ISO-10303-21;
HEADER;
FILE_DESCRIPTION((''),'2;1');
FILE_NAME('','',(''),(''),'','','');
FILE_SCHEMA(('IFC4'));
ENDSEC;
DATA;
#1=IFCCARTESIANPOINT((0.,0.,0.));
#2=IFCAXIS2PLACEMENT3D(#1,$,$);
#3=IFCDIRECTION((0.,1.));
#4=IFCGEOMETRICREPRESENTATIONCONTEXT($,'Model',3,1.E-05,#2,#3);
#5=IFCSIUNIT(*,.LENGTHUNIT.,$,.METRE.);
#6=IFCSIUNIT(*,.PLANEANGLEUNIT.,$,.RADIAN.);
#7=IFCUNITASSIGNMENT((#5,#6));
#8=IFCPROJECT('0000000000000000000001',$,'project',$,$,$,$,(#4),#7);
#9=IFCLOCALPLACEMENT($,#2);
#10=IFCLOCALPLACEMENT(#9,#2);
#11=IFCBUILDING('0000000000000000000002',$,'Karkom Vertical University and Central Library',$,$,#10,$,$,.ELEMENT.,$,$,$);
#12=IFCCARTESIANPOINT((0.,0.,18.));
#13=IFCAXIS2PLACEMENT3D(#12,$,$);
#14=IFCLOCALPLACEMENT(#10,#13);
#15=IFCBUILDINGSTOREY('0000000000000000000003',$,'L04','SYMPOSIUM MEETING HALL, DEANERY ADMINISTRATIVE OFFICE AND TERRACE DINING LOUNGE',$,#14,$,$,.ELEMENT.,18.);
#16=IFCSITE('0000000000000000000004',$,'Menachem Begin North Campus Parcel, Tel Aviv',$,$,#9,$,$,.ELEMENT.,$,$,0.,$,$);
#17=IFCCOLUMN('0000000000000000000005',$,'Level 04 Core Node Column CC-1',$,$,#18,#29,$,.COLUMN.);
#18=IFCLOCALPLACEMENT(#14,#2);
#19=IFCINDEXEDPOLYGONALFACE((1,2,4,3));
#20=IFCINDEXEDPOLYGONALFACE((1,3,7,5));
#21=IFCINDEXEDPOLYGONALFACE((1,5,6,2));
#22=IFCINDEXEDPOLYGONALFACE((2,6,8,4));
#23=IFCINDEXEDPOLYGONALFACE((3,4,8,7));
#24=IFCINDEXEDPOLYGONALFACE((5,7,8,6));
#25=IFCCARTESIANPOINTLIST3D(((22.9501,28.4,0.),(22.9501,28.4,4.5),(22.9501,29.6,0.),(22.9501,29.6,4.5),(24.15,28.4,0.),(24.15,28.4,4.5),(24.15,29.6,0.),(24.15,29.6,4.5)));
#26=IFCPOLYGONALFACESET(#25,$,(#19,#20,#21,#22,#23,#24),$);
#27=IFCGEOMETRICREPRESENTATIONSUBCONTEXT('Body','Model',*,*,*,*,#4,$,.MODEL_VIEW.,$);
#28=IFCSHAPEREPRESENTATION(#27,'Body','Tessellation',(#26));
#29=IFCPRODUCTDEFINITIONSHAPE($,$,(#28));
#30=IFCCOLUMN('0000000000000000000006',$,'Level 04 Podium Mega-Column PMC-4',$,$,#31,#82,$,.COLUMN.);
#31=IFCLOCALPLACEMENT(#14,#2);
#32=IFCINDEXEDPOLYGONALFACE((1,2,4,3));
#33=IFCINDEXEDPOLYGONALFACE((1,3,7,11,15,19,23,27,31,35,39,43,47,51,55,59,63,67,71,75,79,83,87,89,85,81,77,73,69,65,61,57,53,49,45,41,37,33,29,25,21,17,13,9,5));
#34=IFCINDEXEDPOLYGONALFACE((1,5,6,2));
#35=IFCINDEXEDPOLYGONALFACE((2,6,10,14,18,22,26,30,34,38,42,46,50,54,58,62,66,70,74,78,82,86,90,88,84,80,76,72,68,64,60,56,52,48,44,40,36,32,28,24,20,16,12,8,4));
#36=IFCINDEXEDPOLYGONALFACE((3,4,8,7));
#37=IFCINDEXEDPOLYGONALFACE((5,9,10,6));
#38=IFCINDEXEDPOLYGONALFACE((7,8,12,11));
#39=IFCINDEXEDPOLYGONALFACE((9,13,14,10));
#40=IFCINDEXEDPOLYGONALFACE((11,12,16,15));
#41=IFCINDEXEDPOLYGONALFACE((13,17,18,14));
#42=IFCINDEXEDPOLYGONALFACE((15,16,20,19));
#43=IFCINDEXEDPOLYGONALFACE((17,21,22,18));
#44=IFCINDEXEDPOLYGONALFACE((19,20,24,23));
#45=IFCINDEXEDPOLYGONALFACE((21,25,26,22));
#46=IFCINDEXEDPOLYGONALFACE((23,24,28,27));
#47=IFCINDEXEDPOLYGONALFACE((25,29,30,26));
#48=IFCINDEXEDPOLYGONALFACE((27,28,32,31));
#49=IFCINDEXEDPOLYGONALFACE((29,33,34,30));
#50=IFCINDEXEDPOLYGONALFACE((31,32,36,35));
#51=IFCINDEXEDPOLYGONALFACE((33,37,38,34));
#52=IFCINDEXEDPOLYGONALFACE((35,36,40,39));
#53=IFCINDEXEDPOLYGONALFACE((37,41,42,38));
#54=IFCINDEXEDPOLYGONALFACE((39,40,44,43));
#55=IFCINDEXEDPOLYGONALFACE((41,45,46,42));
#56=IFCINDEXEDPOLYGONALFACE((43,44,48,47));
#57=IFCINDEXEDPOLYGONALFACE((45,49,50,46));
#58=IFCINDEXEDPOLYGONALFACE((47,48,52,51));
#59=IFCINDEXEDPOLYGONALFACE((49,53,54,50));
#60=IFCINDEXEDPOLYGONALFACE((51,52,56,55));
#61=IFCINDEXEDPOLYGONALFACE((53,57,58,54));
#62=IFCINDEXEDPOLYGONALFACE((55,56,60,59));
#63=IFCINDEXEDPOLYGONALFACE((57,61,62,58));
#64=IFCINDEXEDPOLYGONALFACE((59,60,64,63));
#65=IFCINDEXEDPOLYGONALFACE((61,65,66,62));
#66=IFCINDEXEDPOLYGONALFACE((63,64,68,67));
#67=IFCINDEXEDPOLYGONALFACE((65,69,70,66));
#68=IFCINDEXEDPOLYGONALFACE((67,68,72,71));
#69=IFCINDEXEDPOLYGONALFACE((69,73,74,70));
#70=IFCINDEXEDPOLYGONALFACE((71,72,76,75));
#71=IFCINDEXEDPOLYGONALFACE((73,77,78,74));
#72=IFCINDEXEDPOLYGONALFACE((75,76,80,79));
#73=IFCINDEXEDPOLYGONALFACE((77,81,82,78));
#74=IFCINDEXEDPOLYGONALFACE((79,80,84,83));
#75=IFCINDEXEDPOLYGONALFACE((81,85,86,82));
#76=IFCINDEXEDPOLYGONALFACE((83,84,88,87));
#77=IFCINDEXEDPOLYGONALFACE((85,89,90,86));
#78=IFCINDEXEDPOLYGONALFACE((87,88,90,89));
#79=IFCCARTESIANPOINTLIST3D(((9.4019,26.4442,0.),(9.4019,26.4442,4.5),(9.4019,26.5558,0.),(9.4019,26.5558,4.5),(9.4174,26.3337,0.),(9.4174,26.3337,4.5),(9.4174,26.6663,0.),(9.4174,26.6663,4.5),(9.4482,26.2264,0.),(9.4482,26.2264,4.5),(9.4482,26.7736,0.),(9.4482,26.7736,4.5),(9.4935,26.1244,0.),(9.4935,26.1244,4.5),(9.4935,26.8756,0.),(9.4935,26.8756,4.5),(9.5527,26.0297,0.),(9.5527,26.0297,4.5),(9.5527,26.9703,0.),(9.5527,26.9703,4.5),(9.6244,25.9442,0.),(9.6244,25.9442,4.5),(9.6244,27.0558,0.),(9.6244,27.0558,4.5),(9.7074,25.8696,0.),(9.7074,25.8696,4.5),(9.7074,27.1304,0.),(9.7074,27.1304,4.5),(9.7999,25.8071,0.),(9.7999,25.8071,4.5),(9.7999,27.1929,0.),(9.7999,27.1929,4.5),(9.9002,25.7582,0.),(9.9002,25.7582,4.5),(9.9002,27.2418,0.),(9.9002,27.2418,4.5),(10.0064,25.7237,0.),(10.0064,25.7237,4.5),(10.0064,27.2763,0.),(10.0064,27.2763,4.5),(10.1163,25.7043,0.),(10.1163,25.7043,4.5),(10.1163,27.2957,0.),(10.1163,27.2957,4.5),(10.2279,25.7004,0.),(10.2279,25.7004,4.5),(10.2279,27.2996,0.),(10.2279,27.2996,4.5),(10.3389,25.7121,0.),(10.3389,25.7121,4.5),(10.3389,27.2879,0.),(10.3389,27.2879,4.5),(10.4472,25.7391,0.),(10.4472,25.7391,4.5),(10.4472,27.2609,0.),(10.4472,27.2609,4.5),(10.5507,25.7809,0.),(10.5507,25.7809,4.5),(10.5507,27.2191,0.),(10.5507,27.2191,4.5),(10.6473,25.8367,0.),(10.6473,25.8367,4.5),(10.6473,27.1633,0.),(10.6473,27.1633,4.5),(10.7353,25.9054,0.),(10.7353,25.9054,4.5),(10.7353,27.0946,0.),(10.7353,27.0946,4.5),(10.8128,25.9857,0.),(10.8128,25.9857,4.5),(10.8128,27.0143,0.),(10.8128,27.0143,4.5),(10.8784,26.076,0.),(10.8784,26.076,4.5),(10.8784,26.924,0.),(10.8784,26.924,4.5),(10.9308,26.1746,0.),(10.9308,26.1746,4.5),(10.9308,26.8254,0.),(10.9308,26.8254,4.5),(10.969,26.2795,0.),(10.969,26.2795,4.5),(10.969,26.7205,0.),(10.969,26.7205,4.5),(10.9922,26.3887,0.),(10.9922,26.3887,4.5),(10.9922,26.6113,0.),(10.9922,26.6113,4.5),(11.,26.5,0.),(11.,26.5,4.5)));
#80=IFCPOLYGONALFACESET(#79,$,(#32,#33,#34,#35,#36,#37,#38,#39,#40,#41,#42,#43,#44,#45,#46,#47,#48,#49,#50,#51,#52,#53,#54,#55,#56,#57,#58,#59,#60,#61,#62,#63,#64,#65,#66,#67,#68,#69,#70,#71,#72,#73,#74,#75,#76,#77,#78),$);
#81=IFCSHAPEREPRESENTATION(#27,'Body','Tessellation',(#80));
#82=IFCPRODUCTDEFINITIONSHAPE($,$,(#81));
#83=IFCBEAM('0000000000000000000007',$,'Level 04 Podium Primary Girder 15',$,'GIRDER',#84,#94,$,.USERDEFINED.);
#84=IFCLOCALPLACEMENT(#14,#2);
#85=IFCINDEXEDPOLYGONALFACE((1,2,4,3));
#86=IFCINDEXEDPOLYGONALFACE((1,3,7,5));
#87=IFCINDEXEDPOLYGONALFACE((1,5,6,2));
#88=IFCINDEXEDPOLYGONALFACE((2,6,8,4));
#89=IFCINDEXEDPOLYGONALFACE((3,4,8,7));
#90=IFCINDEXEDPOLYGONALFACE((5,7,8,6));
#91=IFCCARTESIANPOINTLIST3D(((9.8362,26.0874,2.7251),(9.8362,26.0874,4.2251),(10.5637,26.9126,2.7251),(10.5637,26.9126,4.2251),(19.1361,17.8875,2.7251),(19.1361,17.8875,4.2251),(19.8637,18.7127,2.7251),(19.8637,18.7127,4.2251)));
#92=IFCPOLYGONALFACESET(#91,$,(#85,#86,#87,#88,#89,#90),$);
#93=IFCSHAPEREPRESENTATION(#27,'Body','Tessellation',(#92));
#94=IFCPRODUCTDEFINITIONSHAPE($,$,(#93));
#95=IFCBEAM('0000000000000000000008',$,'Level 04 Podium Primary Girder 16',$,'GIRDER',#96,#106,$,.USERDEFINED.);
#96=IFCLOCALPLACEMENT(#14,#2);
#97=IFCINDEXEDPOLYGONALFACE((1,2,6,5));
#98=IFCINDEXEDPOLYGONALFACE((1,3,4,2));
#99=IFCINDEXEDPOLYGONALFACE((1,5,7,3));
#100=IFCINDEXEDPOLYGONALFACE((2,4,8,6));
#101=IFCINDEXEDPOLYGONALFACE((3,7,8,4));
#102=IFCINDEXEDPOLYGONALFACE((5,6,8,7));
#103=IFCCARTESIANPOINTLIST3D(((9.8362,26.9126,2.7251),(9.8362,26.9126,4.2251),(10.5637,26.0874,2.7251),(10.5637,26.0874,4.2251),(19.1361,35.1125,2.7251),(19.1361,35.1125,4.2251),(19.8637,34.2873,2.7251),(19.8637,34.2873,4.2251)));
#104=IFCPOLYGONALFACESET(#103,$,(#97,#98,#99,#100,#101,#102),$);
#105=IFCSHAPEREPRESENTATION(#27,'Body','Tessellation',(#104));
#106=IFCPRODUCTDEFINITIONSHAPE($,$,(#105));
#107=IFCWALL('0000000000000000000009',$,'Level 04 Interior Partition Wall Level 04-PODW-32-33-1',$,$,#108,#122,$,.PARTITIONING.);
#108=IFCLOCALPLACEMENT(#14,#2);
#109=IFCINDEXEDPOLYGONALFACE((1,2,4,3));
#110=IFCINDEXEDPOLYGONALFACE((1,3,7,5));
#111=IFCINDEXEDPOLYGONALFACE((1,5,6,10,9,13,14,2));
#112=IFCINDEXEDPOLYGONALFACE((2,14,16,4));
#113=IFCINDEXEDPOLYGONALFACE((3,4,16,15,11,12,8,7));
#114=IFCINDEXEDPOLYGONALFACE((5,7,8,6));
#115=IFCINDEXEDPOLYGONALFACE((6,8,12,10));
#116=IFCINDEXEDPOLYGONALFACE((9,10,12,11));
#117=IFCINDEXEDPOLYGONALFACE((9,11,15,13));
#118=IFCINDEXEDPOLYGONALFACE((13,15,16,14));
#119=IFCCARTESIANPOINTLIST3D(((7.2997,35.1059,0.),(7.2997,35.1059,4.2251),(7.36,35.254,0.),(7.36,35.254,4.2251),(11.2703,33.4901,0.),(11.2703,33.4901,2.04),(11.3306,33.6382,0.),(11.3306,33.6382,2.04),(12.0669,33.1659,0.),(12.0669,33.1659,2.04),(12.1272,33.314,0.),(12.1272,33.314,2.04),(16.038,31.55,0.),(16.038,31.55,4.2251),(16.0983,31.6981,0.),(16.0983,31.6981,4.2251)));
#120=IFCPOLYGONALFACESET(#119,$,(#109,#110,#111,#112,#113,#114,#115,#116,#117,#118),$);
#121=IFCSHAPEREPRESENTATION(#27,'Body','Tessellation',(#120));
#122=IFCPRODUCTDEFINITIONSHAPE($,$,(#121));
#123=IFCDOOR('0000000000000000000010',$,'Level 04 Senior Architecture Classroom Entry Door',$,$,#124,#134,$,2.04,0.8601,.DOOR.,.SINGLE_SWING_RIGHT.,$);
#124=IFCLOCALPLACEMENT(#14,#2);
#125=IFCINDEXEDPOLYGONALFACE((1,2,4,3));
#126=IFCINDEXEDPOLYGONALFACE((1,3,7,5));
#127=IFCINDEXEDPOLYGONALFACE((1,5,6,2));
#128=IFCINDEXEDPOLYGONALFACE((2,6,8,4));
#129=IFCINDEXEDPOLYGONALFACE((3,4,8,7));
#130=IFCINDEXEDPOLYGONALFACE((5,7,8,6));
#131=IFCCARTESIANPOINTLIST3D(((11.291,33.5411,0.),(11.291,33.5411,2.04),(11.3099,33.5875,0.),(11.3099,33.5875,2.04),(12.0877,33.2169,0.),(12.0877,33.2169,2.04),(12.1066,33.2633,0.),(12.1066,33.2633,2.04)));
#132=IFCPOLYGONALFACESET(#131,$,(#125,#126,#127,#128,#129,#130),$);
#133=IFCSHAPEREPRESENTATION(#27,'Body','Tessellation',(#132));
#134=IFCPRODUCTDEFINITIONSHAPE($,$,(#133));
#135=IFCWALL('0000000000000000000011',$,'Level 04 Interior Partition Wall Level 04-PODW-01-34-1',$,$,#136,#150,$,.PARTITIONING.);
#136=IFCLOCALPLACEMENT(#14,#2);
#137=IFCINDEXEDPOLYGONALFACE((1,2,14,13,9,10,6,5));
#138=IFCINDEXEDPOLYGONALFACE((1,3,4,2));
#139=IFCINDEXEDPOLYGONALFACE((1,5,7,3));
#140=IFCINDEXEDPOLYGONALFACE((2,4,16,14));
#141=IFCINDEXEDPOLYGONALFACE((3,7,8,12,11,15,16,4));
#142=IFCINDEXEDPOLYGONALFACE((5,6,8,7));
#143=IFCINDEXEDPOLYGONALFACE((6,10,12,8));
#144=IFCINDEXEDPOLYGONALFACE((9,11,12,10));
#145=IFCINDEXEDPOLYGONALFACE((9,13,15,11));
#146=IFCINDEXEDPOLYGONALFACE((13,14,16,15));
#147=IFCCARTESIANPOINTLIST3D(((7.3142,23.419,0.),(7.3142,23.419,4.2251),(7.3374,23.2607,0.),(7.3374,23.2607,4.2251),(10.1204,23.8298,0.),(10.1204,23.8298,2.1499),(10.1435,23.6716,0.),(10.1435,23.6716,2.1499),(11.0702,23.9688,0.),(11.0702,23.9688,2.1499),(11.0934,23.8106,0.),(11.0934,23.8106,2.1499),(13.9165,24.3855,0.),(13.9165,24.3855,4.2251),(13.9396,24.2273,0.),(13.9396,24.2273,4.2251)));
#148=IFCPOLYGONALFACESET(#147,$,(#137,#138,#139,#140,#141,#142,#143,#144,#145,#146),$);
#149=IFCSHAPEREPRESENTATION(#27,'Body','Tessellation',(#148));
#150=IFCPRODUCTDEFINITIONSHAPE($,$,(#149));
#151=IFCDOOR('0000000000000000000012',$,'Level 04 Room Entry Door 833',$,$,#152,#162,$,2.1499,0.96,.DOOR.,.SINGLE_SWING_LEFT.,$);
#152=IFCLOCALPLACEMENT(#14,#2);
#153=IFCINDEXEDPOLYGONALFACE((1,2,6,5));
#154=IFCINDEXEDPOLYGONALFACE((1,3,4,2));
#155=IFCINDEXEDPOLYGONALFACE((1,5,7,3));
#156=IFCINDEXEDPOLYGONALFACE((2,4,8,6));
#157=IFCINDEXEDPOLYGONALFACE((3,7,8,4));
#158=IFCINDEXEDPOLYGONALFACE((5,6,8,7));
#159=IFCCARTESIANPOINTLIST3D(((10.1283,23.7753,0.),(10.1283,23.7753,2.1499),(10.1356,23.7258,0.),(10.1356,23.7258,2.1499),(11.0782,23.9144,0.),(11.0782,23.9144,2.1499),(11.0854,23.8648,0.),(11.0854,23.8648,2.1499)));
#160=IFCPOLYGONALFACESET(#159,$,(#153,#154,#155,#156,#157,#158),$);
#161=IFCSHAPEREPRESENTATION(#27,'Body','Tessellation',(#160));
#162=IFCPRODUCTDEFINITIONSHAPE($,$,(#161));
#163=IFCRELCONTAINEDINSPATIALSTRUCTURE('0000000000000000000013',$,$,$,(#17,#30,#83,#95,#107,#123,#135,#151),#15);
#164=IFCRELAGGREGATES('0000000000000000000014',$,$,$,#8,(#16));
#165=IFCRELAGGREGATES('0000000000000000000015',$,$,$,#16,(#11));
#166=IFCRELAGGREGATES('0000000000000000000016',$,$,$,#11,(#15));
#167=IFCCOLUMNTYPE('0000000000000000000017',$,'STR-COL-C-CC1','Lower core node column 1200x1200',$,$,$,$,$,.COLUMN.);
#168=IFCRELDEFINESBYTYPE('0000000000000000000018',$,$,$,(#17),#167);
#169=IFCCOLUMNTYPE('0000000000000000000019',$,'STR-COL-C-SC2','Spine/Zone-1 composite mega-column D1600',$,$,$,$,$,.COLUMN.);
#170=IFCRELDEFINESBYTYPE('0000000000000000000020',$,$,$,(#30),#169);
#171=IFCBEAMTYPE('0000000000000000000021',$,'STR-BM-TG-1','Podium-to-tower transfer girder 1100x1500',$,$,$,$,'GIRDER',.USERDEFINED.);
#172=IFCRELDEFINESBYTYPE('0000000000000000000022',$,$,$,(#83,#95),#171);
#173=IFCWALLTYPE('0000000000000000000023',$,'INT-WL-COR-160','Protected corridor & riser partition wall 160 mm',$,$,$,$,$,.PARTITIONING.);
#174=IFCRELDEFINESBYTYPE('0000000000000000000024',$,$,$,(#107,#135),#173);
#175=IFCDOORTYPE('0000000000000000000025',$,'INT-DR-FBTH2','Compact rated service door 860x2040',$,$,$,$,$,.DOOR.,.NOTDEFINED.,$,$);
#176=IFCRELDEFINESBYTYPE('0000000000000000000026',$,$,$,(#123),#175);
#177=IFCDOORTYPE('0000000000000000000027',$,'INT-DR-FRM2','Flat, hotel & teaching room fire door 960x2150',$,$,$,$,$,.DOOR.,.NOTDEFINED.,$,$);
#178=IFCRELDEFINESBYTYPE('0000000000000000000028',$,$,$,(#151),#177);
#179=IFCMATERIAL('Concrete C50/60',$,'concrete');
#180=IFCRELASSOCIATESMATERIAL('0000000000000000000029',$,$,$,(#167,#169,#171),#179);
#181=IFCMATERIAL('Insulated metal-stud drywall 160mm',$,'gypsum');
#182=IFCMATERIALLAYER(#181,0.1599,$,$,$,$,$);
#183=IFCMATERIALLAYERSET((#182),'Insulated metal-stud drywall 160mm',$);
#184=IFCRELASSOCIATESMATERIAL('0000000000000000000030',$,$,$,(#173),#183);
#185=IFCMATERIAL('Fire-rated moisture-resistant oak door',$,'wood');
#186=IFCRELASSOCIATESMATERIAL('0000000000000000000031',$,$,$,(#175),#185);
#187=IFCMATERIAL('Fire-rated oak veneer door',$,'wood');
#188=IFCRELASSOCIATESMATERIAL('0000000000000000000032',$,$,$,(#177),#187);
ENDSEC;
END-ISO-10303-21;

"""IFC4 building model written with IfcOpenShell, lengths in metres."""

from ifc_helpers import new_model, si_unit, direction, frame, frame_2d, origin, origin_with_axes, origin_2d, place, context, subcontext, project, spatial, rectangle, circle, extrude, source, transform, mapped, material, layer, layer_set, material_profile, profile_set, type_object, element, fill, save


model = new_model("IFC4")

# Units and contexts
model_context = context("Model", 3, precision=1e-05, world=origin(), true_north=direction((0.0, 1.0)))
body_context = subcontext(model_context, "Body", "Model", "MODEL_VIEW")
ifc_project = project(units=[si_unit("LENGTHUNIT", "METRE"), si_unit("PLANEANGLEUNIT", "RADIAN")], contexts=[model_context])

# Site, building, storey
site_placement = place(None, origin())
site = spatial("IfcSite", under=ifc_project, at=site_placement, Name="Menachem Begin North Campus Parcel, Tel Aviv", CompositionType="ELEMENT", RefElevation=0.0)
building_placement = place(site_placement, origin())
building = spatial("IfcBuilding", under=site, at=building_placement, Name="Karkom Vertical University and Central Library", CompositionType="ELEMENT")
storey_placement = place(building_placement, frame((0.0, 0.0, 18.0)))
storey = spatial("IfcBuildingStorey", under=building, at=storey_placement, Name="L04", Description="SYMPOSIUM MEETING HALL, DEANERY ADMINISTRATIVE OFFICE AND TERRACE DINING LOUNGE", CompositionType="ELEMENT", Elevation=18.0)

# Columns
ifc_material_1 = material(Name="Concrete C50/60", Category="concrete")
ifc_material_profile_1 = material_profile(ifc_material_1, rectangle(XDim=1.2, YDim=1.2, at=origin_2d()), Name="RC-1200x1200")
ifc_profile_set_1 = profile_set([ifc_material_profile_1], Name="Concrete C50/60")
column_type_1 = type_object("IfcColumnType", Name="STR-COL-C-CC1", Description="Lower core node column 1200x1200", PredefinedType="COLUMN", material=ifc_profile_set_1)
shared_shape_1 = source(origin_with_axes(), body_context, "Body", "SweptSolid", [
    extrude(rectangle(XDim=1.2, YDim=1.2, at=origin_2d()), origin(), (0.0, 0.0, 1.0), 4.5),
])
column_1_placement = place(storey_placement, frame((23.55, 29.0, 0.0), z_axis=(0.0, 0.0, 1.0), x_axis=(1.0, 0.0, 0.0)))
element("IfcColumn", 1, at=column_1_placement, inside=storey, type_object=column_type_1, Name="Level 04 Core Node Column CC-1", PredefinedType="COLUMN", context=body_context, shape_type="MappedRepresentation", body=[
    mapped(shared_shape_1, transform((0.0, 0.0, 0.0), scale=1.0)),
])
ifc_material_profile_2 = material_profile(ifc_material_1, circle(Radius=0.8, at=origin_2d()), Name="CFT-D1600")
ifc_profile_set_2 = profile_set([ifc_material_profile_2], Name="Concrete C50/60")
column_type_2 = type_object("IfcColumnType", Name="STR-COL-C-SC2", Description="Spine/Zone-1 composite mega-column D1600", PredefinedType="COLUMN", material=ifc_profile_set_2)
shared_shape_2 = source(origin_with_axes(), body_context, "Body", "SweptSolid", [
    extrude(circle(Radius=0.8, at=origin_2d()), origin(), (0.0, 0.0, 1.0), 4.5),
])
column_2_placement = place(storey_placement, frame((10.2, 26.5, 0.0), z_axis=(0.0, 0.0, 1.0), x_axis=(1.0, 0.0, 0.0)))
element("IfcColumn", 2, at=column_2_placement, inside=storey, type_object=column_type_2, Name="Level 04 Podium Mega-Column PMC-4", PredefinedType="COLUMN", context=body_context, shape_type="MappedRepresentation", body=[
    mapped(shared_shape_2, transform((0.0, 0.0, 0.0), scale=1.0)),
])

# Beams
ifc_material_profile_3 = material_profile(ifc_material_1, rectangle(XDim=1.1001, YDim=1.5, at=origin_2d()), Name="TG-1100x1500")
ifc_profile_set_3 = profile_set([ifc_material_profile_3], Name="Concrete C50/60")
beam_type = type_object("IfcBeamType", Name="STR-BM-TG-1", Description="Podium-to-tower transfer girder 1100x1500", ElementType="GIRDER", PredefinedType="USERDEFINED", material=ifc_profile_set_3)
shared_shape_3 = source(origin_with_axes(), body_context, "Body", "SweptSolid", [
    extrude(rectangle(XDim=1.1001, YDim=1.5, at=origin_2d()), origin(), (0.0, 0.0, 1.0), 12.3987),
])
for number, where, z_axis, x_axis, name in (
    (3, (10.2, 26.5, 3.4751), (0.750077, -0.661351, 0.0), (0.661351, 0.750077, 0.0), "Level 04 Podium Primary Girder 15"),
    (4, (10.2, 26.5, 3.4751), (0.750077, 0.661351, 0.0), (-0.661351, 0.750077, 0.0), "Level 04 Podium Primary Girder 16"),
):
    element("IfcBeam", number, at=place(storey_placement, frame(where, z_axis=z_axis, x_axis=x_axis)), inside=storey, type_object=beam_type, Name=name, ObjectType="GIRDER", PredefinedType="USERDEFINED", context=body_context, shape_type="MappedRepresentation", body=[
        mapped(shared_shape_3, transform((0.0, 0.0, 0.0), scale=1.0)),
    ])

# Walls, openings, doors
ifc_material_2 = material(Name="Insulated metal-stud drywall 160mm", Category="gypsum")
ifc_layer_1 = layer(ifc_material_2, 0.1599)
ifc_layer_set_1 = layer_set([ifc_layer_1], Name="Insulated metal-stud drywall 160mm")
wall_type_1 = type_object("IfcWallType", Name="INT-WL-COR-160", Description="Protected corridor & riser partition wall 160 mm", PredefinedType="PARTITIONING", material=ifc_layer_set_1)
wall_1_placement = place(storey_placement, frame((16.0681, 31.624, 0.0), z_axis=(0.0, 0.0, 1.0), x_axis=(-0.926245, 0.376921, 0.0)))
wall_1 = element("IfcWall", 5, at=wall_1_placement, inside=storey, type_object=wall_type_1, Name="Level 04 Interior Partition Wall Level 04-PODW-32-33-1", PredefinedType="PARTITIONING", context=body_context, shape_type="SweptSolid", body=[
    extrude(rectangle(XDim=9.4341, YDim=0.1599, at=frame_2d((4.717, 0.0))), origin(), (0.0, 0.0, 1.0), 4.2251),
])
opening_1_placement = place(wall_1_placement, frame((4.2871, 0.0, 0.0)))
opening_1 = element("IfcOpeningElement", 6, at=opening_1_placement, cuts=wall_1, PredefinedType="OPENING", context=body_context, shape_type="SweptSolid", body=[
    extrude(rectangle(XDim=0.8601, YDim=2.04, at=frame_2d((0.4302, 1.02))), frame((0.0, 0.0898, 0.0), z_axis=(0.0, -1.0, 0.0), x_axis=(1.0, 0.0, 0.0)), (0.0, 0.0, 1.0), 0.1799),
])
ifc_material_3 = material(Name="Fire-rated moisture-resistant oak door", Category="wood")
door_type_1 = type_object("IfcDoorType", Name="INT-DR-FBTH2", Description="Compact rated service door 860x2040", OperationType="NOTDEFINED", PredefinedType="DOOR", material=ifc_material_3)
shared_shape_4 = source(origin_with_axes(), body_context, "Body", "SweptSolid", [
    extrude(rectangle(XDim=0.8601, YDim=2.04, at=frame_2d((0.4302, 1.02))), frame((0.0, 0.0249, 0.0), z_axis=(0.0, -1.0, 0.0), x_axis=(1.0, 0.0, 0.0)), (0.0, 0.0, 1.0), 0.05),
])
door_1_placement = place(opening_1_placement, origin())
door_1 = element("IfcDoor", 7, at=door_1_placement, inside=storey, type_object=door_type_1, Name="Level 04 Senior Architecture Classroom Entry Door", OperationType="SINGLE_SWING_RIGHT", OverallHeight=2.04, OverallWidth=0.8601, PredefinedType="DOOR", context=body_context, shape_type="MappedRepresentation", body=[
    mapped(shared_shape_4, transform((0.0, 0.0, 0.0), scale=1.0)),
])
fill(opening_1, door_1)
wall_2_placement = place(storey_placement, frame((7.3257, 23.3398, 0.0), z_axis=(0.0, 0.0, 1.0), x_axis=(0.989453, 0.144852, 0.0)))
wall_2 = element("IfcWall", 8, at=wall_2_placement, inside=storey, type_object=wall_type_1, Name="Level 04 Interior Partition Wall Level 04-PODW-01-34-1", PredefinedType="PARTITIONING", context=body_context, shape_type="SweptSolid", body=[
    extrude(rectangle(XDim=6.6726, YDim=0.1599, at=frame_2d((3.3364, 0.0))), origin(), (0.0, 0.0, 1.0), 4.2251),
])
opening_2_placement = place(wall_2_placement, frame((2.8362, 0.0, 0.0)))
opening_2 = element("IfcOpeningElement", 9, at=opening_2_placement, cuts=wall_2, PredefinedType="OPENING", context=body_context, shape_type="SweptSolid", body=[
    extrude(rectangle(XDim=0.96, YDim=2.1499, at=frame_2d((0.48, 1.075))), frame((0.0, 0.0898, 0.0), z_axis=(0.0, -1.0, 0.0), x_axis=(1.0, 0.0, 0.0)), (0.0, 0.0, 1.0), 0.1799),
])
ifc_material_4 = material(Name="Fire-rated oak veneer door", Category="wood")
door_type_2 = type_object("IfcDoorType", Name="INT-DR-FRM2", Description="Flat, hotel & teaching room fire door 960x2150", OperationType="NOTDEFINED", PredefinedType="DOOR", material=ifc_material_4)
shared_shape_5 = source(origin_with_axes(), body_context, "Body", "SweptSolid", [
    extrude(rectangle(XDim=0.96, YDim=2.1499, at=frame_2d((0.48, 1.075))), frame((0.0, 0.0249, 0.0), z_axis=(0.0, -1.0, 0.0), x_axis=(1.0, 0.0, 0.0)), (0.0, 0.0, 1.0), 0.05),
])
door_2_placement = place(opening_2_placement, origin())
door_2 = element("IfcDoor", 10, at=door_2_placement, inside=storey, type_object=door_type_2, Name="Level 04 Room Entry Door 833", OperationType="SINGLE_SWING_LEFT", OverallHeight=2.1499, OverallWidth=0.96, PredefinedType="DOOR", context=body_context, shape_type="MappedRepresentation", body=[
    mapped(shared_shape_5, transform((0.0, 0.0, 0.0), scale=1.0)),
])
fill(opening_2, door_2)

save(model, "model.ifc")
